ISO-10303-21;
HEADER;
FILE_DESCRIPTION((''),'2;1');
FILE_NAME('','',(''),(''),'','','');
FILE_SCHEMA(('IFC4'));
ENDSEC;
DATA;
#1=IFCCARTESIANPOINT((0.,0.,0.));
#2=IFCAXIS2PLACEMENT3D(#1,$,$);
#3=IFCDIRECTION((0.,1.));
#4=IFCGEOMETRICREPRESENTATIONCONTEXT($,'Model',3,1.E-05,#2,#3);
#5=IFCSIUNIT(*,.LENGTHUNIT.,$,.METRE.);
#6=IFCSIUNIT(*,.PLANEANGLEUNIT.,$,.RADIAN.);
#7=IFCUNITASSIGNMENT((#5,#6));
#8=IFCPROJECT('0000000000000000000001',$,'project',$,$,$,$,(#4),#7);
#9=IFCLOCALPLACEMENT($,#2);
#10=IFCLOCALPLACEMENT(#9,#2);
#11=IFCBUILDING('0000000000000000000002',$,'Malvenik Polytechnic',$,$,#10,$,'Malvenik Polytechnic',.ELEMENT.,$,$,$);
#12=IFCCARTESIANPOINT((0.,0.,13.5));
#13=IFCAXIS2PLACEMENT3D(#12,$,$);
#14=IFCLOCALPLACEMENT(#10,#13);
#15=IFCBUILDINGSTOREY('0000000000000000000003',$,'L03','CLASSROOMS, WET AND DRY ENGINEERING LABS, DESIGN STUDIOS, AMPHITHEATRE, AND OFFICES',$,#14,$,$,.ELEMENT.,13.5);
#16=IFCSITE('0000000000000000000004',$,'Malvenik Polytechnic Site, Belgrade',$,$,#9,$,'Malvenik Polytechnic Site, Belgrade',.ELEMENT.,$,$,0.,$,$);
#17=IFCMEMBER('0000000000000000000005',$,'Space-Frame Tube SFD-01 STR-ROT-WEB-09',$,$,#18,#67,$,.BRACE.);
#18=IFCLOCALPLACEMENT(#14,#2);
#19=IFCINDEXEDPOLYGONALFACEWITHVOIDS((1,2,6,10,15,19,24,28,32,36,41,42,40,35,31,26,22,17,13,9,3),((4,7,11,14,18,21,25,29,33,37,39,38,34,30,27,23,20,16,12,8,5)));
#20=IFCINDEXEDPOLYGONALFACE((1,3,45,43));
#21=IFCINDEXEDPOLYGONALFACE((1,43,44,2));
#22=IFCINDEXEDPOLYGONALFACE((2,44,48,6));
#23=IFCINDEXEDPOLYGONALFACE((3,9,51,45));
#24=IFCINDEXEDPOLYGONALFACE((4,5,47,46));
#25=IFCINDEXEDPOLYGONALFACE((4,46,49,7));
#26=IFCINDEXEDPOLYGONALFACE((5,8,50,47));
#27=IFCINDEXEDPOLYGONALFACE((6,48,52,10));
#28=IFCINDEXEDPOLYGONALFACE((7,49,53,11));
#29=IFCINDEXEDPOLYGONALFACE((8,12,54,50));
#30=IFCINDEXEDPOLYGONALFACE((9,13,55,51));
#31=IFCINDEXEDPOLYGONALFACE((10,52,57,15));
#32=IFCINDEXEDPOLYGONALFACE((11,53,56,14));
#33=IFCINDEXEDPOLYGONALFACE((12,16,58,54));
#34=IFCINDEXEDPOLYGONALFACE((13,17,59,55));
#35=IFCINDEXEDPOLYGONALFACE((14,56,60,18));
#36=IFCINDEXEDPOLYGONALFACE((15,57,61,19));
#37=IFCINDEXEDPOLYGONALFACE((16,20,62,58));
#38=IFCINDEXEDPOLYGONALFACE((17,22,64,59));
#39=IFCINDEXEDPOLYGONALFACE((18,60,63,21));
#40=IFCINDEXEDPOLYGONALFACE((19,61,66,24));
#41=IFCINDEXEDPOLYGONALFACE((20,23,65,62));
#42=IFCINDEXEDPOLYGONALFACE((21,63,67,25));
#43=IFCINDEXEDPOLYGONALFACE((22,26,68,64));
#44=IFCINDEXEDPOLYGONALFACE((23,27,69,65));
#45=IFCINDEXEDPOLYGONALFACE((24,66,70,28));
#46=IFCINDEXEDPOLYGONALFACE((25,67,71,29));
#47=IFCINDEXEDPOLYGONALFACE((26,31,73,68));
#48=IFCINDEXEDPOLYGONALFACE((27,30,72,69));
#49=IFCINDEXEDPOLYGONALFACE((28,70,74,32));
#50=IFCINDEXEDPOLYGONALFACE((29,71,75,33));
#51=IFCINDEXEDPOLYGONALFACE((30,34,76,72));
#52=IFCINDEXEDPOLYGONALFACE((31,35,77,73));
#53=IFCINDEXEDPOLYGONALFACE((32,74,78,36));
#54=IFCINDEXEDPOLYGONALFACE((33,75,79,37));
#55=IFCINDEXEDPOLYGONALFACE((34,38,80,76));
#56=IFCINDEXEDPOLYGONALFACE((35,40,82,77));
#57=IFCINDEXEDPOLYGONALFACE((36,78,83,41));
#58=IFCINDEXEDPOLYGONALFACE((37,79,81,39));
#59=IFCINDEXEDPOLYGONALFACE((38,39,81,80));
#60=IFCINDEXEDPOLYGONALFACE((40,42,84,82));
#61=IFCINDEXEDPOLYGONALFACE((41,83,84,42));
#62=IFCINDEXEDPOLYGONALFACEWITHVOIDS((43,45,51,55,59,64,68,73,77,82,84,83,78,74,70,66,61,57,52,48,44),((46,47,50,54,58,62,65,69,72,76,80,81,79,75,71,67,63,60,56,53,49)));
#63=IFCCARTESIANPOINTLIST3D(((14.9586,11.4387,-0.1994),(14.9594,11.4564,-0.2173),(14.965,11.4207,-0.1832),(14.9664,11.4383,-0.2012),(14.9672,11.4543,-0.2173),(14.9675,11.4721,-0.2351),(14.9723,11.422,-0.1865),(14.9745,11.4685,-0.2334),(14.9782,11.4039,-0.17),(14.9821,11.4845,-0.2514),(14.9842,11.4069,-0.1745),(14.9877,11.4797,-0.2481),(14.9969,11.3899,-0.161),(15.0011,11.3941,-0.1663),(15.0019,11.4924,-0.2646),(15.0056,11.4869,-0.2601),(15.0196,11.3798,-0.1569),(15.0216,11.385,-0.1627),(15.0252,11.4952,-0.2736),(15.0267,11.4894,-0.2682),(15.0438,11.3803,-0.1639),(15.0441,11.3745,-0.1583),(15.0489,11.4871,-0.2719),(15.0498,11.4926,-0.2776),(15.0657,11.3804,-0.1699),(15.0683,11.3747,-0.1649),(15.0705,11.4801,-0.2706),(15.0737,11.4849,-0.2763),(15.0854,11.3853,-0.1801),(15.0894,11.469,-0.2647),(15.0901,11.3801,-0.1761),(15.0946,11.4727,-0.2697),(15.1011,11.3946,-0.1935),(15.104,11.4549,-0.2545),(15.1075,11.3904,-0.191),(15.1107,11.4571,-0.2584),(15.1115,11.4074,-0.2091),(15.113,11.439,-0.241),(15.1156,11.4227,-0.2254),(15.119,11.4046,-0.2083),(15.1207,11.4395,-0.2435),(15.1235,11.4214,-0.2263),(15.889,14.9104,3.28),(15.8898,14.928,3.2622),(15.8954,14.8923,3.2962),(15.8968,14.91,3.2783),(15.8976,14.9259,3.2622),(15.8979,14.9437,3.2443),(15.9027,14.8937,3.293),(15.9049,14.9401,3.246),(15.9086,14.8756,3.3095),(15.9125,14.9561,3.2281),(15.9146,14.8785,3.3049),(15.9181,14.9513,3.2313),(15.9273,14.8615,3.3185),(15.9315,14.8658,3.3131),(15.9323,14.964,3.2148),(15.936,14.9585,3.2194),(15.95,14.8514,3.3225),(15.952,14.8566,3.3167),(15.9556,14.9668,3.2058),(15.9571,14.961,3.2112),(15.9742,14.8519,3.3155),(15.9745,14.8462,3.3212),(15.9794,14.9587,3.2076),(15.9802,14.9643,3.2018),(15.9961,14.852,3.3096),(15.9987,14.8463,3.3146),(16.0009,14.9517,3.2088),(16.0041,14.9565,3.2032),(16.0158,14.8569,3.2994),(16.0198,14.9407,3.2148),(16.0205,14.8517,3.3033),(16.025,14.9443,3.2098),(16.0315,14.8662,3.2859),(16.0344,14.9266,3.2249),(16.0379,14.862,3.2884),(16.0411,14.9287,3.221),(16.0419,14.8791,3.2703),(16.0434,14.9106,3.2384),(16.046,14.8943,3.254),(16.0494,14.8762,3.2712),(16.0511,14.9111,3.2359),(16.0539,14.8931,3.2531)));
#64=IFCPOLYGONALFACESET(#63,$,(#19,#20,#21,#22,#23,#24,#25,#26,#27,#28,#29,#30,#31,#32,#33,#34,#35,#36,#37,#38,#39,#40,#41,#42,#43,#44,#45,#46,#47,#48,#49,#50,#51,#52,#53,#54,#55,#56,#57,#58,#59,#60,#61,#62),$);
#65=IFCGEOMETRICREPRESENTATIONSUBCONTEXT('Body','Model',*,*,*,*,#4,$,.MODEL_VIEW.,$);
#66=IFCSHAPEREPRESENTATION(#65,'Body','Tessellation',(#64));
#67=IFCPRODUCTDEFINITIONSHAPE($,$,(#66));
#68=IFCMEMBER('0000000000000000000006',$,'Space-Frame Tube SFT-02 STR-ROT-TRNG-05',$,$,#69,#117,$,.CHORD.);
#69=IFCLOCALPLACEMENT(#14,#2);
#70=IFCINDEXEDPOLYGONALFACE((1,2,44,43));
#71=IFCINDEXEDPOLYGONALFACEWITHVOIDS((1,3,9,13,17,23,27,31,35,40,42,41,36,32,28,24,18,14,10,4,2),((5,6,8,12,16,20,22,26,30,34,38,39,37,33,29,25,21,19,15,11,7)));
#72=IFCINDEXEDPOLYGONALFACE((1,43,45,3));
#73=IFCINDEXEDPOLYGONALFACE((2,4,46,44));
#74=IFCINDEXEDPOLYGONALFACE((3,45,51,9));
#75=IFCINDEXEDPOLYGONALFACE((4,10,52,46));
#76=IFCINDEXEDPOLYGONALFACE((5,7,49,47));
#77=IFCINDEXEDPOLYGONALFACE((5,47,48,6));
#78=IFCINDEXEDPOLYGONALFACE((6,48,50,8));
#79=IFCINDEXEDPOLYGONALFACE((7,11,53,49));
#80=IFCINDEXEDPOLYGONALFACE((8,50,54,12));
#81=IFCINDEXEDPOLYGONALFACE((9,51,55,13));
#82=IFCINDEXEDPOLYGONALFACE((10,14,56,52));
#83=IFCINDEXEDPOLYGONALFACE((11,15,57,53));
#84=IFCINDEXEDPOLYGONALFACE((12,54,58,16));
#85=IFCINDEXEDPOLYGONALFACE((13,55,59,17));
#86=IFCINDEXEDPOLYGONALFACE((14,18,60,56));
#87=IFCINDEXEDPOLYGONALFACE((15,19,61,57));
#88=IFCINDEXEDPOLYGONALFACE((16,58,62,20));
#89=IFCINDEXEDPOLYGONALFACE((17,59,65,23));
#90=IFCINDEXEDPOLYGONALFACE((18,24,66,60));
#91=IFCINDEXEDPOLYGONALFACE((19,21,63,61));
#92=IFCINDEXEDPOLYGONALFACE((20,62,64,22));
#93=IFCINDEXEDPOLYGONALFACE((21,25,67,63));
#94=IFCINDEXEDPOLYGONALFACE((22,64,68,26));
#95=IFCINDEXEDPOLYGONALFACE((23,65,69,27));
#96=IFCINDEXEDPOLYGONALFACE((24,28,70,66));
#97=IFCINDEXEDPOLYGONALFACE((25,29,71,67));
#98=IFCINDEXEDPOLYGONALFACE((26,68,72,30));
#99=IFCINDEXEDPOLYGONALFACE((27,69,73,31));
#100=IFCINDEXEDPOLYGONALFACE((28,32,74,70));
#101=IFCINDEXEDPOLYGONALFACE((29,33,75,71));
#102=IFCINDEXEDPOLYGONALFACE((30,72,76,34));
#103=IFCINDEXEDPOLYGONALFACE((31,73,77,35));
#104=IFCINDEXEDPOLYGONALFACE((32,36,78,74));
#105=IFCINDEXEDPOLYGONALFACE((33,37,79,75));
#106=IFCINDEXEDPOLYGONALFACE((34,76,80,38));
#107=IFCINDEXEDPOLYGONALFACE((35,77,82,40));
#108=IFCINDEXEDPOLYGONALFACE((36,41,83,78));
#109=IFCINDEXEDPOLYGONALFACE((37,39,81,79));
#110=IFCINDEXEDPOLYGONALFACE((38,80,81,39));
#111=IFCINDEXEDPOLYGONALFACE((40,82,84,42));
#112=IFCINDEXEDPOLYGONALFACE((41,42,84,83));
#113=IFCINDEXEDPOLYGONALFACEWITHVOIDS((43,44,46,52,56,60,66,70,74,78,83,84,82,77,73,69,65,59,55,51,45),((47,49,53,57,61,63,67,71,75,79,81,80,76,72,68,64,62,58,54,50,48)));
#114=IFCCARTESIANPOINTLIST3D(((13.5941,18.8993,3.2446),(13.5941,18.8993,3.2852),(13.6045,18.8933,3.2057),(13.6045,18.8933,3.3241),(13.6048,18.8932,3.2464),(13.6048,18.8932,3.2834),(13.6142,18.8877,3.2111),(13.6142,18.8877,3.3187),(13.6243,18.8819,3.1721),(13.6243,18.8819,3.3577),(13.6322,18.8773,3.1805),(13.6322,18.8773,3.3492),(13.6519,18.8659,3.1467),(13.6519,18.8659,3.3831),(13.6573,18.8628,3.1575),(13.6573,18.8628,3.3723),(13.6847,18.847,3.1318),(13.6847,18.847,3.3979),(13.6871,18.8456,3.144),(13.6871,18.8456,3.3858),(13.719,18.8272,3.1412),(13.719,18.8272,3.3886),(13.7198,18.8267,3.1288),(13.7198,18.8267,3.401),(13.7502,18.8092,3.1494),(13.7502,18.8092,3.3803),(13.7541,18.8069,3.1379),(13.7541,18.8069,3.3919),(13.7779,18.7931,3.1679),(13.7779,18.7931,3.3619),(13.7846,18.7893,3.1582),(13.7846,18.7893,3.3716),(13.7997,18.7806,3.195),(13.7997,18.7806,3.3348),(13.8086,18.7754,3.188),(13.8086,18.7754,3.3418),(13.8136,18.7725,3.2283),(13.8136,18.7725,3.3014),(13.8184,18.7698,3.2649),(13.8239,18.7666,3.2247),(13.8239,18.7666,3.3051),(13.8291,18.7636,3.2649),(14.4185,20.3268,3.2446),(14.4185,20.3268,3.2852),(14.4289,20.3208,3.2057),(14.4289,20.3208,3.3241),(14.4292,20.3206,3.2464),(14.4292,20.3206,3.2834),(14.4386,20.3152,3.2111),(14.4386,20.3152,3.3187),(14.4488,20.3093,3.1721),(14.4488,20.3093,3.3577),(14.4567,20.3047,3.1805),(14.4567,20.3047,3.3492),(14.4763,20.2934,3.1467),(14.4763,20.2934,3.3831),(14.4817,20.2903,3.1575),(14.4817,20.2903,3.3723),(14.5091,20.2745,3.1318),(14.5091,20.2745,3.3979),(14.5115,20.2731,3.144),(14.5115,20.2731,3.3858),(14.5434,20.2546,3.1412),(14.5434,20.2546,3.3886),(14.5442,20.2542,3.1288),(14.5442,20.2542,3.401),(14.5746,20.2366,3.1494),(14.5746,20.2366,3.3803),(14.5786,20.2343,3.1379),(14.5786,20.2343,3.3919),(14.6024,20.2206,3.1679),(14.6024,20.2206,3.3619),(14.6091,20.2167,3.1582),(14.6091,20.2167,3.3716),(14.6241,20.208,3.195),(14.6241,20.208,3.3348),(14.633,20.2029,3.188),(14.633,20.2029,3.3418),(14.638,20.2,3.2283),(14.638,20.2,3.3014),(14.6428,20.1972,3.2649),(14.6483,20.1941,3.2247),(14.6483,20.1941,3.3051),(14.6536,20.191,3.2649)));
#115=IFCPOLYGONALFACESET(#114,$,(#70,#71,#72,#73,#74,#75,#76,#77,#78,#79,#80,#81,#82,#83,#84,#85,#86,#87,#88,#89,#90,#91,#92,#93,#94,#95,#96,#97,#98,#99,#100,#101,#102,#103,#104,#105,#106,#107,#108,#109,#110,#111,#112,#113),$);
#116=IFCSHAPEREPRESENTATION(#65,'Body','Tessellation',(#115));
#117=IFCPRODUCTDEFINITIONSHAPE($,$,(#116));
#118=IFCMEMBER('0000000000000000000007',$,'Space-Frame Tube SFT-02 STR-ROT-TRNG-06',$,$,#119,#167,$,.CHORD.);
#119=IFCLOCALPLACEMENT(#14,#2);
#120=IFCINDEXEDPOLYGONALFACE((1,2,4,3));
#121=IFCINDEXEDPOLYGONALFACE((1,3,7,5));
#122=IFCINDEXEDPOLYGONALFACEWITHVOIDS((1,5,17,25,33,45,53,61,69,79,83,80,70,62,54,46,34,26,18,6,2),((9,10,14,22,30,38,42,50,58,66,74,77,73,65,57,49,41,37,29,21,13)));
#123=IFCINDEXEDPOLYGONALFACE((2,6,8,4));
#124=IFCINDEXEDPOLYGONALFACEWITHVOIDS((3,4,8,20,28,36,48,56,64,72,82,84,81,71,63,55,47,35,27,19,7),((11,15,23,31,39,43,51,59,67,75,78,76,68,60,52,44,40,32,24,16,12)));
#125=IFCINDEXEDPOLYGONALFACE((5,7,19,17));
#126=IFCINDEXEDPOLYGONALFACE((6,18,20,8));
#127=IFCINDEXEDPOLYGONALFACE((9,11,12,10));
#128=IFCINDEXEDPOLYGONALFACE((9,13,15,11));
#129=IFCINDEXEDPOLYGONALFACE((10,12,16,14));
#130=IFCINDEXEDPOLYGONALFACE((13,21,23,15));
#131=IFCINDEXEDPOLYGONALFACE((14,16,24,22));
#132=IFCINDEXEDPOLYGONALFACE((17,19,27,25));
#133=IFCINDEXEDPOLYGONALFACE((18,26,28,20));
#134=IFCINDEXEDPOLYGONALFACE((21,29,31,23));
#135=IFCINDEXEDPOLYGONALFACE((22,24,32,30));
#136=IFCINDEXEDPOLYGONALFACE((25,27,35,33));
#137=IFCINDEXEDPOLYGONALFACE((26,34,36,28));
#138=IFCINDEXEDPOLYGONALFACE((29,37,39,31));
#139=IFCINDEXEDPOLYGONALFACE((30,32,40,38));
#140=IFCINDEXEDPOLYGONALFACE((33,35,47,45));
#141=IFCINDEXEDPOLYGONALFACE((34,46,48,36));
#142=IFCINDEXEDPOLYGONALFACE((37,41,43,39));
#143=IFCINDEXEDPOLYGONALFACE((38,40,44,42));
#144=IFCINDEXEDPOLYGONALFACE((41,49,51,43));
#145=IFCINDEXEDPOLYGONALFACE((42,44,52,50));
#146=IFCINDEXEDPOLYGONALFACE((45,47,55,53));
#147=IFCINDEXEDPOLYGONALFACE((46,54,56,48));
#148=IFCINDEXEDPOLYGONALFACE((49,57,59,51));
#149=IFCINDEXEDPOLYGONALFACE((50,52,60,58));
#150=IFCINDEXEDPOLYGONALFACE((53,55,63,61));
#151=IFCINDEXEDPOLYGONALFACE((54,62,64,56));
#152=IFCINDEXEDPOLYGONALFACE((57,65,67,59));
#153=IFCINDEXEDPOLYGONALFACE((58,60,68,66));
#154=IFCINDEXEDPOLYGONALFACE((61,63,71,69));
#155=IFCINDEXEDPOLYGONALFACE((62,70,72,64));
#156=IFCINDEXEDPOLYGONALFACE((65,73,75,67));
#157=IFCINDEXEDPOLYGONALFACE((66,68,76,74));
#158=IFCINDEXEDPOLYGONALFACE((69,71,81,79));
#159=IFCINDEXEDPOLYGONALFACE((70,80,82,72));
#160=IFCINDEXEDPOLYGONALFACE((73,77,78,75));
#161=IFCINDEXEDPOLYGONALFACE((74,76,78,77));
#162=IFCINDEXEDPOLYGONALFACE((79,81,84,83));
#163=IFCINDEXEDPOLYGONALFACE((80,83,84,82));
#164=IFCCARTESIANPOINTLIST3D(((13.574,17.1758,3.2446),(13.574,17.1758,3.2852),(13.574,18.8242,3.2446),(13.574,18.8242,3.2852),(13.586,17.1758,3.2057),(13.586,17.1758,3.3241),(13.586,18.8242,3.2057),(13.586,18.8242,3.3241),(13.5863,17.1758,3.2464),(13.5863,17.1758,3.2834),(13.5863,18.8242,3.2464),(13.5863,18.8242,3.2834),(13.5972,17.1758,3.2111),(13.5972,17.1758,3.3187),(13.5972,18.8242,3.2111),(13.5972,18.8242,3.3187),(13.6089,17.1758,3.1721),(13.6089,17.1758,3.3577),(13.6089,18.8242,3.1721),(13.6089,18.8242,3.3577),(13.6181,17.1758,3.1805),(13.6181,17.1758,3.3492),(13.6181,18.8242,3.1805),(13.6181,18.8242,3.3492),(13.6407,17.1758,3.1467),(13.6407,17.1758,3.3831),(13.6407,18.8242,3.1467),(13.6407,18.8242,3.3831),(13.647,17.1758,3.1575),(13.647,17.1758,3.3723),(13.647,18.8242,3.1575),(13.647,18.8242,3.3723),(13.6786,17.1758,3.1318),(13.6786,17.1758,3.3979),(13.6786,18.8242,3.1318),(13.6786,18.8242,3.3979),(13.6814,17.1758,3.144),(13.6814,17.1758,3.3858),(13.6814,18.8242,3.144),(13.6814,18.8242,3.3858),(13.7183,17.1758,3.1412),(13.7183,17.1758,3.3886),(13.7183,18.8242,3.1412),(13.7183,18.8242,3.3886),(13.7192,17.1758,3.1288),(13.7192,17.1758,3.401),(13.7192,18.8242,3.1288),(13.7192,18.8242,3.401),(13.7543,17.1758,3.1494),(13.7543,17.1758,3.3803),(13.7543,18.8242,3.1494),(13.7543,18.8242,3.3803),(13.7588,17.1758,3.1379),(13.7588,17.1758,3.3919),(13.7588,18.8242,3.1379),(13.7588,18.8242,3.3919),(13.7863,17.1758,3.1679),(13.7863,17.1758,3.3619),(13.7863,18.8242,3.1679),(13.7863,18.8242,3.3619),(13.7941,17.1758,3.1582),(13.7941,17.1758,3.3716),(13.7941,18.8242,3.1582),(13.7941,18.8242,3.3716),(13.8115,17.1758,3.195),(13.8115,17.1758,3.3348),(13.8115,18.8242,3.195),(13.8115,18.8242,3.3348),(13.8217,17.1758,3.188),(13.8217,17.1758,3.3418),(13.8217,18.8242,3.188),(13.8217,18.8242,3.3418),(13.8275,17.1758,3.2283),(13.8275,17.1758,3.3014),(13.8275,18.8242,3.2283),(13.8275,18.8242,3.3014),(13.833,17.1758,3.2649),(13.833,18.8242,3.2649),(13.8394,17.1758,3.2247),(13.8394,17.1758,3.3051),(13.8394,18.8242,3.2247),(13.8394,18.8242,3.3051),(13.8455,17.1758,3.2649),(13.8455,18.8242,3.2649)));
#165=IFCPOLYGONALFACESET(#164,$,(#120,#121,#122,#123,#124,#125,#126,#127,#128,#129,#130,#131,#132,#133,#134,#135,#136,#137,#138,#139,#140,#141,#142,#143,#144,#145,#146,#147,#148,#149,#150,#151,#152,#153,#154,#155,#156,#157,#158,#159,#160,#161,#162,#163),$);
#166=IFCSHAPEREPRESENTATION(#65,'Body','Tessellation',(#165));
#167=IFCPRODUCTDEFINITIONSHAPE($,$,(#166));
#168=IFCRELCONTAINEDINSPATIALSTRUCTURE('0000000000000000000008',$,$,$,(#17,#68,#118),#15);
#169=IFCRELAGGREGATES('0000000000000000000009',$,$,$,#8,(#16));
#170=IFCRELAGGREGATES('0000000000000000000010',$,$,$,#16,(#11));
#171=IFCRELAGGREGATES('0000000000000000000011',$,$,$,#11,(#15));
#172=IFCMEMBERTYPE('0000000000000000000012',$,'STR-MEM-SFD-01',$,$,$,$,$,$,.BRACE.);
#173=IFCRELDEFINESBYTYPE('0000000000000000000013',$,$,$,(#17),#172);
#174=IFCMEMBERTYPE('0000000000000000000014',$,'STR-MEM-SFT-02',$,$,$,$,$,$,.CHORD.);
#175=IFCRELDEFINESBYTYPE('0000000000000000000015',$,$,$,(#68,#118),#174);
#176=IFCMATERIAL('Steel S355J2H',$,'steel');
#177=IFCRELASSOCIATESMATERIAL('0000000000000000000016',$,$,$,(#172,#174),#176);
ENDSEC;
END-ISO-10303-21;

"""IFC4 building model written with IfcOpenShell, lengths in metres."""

from ifc_helpers import new_model, si_unit, direction, frame, origin, origin_2d, place, context, subcontext, project, spatial, hollow_circle, extrude, material, material_profile, profile_set, type_object, element, save


model = new_model("IFC4")

# Units and contexts
model_context = context("Model", 3, precision=1e-05, world=origin(), true_north=direction((0.0, 1.0)))
body_context = subcontext(model_context, "Body", "Model", "MODEL_VIEW")
ifc_project = project(units=[si_unit("LENGTHUNIT", "METRE"), si_unit("PLANEANGLEUNIT", "RADIAN")], contexts=[model_context])

# Site, building, storey
site_placement = place(None, origin())
site = spatial("IfcSite", under=ifc_project, at=site_placement, Name="Malvenik Polytechnic Site, Belgrade", LongName="Malvenik Polytechnic Site, Belgrade", CompositionType="ELEMENT", RefElevation=0.0)
building_placement = place(site_placement, origin())
building = spatial("IfcBuilding", under=site, at=building_placement, Name="Malvenik Polytechnic", LongName="Malvenik Polytechnic", CompositionType="ELEMENT")
storey_placement = place(building_placement, frame((0.0, 0.0, 13.5)))
storey = spatial("IfcBuildingStorey", under=building, at=storey_placement, Name="L03", Description="CLASSROOMS, WET AND DRY ENGINEERING LABS, DESIGN STUDIOS, AMPHITHEATRE, AND OFFICES", CompositionType="ELEMENT", Elevation=13.5)

# Members
ifc_material_1 = material(Name="Steel S355J2H", Category="steel")
ifc_material_profile_1 = material_profile(ifc_material_1, hollow_circle(Radius=0.0842, WallThickness=0.0081, at=origin_2d()), Name="CHS 168.3x8.0")
ifc_profile_set_1 = profile_set([ifc_material_profile_1], Name="Steel S355J2H")
member_type_1 = type_object("IfcMemberType", Name="STR-MEM-SFD-01", PredefinedType="BRACE", material=ifc_profile_set_1)
member_1_placement = place(storey_placement, frame((15.0408, 11.4346, -0.2173), z_axis=(0.185991, 0.693988, 0.695549), x_axis=(-0.965913, 0.258867, 0.0)))
element("IfcMember", 1, at=member_1_placement, inside=storey, type_object=member_type_1, Name="Space-Frame Tube SFD-01 STR-ROT-WEB-09", PredefinedType="BRACE", context=body_context, shape_type="SweptSolid", body=[
    extrude(hollow_circle(Radius=0.0842, WallThickness=0.0081, at=origin_2d()), origin(), (0.0, 0.0, 1.0), 5.0024),
])
ifc_material_profile_2 = material_profile(ifc_material_1, hollow_circle(Radius=0.1365, WallThickness=0.0125, at=origin_2d()), Name="CHS 273.0x12.5")
ifc_profile_set_2 = profile_set([ifc_material_profile_2], Name="Steel S355J2H")
member_type_2 = type_object("IfcMemberType", Name="STR-MEM-SFT-02", PredefinedType="CHORD", material=ifc_profile_set_2)
for number, where, z_axis, x_axis, name in (
    (2, (14.5354, 20.2593, 3.2649), (-0.500137, -0.865946, 0.0), (0.865946, -0.500137, 0.0), "Space-Frame Tube SFT-02 STR-ROT-TRNG-05"),
    (3, (13.709, 18.8242, 3.2649), (0.0, -1.0, 0.0), (1.0, 0.0, 0.0), "Space-Frame Tube SFT-02 STR-ROT-TRNG-06"),
):
    element("IfcMember", number, at=place(storey_placement, frame(where, z_axis=z_axis, x_axis=x_axis)), inside=storey, type_object=member_type_2, Name=name, PredefinedType="CHORD", context=body_context, shape_type="SweptSolid", body=[
        extrude(hollow_circle(Radius=0.1365, WallThickness=0.0125, at=origin_2d()), origin(), (0.0, 0.0, 1.0), 1.6484),
    ])

save(model, "model.ifc")
